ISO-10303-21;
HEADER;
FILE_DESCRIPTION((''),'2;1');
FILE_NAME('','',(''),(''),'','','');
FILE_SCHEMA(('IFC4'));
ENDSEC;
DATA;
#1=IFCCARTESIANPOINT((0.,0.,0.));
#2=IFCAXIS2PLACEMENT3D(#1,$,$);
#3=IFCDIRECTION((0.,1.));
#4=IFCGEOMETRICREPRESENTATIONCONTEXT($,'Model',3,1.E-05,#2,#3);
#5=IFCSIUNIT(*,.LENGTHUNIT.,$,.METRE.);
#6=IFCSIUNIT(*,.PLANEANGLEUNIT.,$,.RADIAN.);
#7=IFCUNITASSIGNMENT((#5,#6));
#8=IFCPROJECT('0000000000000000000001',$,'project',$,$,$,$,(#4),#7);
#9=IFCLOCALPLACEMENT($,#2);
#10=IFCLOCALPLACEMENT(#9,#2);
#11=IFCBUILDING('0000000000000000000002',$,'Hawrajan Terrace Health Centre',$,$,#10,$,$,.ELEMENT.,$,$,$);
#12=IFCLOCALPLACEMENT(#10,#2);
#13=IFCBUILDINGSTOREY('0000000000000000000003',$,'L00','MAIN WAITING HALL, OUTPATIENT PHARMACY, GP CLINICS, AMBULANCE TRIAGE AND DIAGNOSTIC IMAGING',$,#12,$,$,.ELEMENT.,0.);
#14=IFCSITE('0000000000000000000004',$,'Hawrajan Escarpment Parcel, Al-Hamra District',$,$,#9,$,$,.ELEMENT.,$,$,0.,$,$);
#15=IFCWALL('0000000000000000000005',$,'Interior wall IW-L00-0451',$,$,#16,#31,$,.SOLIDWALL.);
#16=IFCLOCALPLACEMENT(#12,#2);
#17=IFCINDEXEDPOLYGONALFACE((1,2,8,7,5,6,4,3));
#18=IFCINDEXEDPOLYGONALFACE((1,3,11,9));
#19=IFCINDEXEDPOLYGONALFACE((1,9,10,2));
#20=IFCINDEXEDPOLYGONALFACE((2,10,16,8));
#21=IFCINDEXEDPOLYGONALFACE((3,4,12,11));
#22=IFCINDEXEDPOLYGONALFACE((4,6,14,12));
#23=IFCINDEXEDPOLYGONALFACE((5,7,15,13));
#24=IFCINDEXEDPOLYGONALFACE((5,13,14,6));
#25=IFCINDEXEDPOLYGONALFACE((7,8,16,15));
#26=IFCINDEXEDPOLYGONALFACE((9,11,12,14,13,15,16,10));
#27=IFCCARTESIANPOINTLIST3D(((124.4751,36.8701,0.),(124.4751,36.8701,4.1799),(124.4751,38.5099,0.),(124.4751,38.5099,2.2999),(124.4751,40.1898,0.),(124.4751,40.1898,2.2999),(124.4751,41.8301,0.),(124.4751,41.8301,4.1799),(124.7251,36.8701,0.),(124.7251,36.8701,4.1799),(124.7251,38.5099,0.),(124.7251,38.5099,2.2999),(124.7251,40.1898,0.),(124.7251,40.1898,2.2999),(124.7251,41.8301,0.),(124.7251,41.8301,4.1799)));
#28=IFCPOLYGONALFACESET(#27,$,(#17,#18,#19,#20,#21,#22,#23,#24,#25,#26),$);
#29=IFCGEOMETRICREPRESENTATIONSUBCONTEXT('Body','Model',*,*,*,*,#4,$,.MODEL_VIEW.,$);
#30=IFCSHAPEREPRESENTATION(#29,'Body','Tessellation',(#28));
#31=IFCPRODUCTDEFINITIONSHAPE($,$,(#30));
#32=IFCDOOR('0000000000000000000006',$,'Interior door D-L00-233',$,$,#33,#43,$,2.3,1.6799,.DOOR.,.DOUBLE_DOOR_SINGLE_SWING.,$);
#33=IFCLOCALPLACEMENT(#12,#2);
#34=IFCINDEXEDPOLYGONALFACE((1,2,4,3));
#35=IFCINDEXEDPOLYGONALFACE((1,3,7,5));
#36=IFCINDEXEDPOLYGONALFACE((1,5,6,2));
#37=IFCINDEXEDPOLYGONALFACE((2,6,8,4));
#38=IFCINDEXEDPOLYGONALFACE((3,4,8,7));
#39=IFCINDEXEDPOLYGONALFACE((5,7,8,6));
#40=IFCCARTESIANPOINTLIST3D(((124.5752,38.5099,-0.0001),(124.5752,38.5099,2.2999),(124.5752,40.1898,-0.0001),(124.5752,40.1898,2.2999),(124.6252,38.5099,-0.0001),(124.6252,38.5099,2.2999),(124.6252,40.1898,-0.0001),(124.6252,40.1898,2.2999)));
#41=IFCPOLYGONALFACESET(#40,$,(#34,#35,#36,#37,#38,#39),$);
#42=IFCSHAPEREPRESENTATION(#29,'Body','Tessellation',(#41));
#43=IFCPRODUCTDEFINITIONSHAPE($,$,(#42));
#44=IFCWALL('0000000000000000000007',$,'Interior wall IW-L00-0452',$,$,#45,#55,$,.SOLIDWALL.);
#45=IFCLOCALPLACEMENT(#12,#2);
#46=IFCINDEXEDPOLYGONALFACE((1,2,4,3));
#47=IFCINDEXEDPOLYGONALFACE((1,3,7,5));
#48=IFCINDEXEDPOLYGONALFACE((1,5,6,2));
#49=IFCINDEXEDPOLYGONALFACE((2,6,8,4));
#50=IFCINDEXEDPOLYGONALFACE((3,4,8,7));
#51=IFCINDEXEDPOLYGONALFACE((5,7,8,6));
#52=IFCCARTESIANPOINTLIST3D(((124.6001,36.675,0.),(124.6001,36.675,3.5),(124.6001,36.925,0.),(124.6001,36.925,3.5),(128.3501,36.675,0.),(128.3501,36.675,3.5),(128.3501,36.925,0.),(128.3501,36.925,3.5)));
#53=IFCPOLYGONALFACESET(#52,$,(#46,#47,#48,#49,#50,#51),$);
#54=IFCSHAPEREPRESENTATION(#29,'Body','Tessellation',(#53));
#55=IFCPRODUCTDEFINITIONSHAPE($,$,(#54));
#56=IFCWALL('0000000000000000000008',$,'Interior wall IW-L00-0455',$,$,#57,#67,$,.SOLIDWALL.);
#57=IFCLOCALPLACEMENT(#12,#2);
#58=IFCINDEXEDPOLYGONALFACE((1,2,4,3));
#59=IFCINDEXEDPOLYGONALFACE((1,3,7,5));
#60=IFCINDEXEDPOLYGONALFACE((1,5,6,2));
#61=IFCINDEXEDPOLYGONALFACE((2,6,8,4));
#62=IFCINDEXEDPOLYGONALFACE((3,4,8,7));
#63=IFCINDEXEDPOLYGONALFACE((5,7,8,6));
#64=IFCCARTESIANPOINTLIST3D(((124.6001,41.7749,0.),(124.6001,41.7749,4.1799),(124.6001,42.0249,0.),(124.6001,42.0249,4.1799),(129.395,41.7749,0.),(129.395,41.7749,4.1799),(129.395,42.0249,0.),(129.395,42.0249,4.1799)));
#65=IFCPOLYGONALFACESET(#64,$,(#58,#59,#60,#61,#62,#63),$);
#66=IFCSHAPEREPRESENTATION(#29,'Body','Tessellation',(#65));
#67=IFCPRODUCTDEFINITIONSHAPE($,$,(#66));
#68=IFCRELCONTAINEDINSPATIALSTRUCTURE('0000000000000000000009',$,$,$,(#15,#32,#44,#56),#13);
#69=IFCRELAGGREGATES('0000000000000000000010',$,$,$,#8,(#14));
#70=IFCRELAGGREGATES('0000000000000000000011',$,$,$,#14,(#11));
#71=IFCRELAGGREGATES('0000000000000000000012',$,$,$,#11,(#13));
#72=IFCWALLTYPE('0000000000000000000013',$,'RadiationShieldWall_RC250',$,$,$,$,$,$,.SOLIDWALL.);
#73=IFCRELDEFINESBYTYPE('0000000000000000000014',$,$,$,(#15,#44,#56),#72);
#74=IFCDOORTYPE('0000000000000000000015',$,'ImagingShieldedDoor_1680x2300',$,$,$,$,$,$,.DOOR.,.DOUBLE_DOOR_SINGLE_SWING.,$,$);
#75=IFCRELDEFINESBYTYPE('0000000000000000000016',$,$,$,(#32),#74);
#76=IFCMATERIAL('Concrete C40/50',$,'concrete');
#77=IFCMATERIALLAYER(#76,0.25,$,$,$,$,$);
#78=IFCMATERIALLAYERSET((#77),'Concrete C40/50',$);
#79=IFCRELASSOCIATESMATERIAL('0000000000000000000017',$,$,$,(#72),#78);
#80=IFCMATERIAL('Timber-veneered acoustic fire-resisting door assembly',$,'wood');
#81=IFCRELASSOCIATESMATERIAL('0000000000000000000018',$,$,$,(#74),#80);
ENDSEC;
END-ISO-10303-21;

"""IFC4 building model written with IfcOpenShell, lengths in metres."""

from ifc_helpers import new_model, si_unit, direction, frame, frame_2d, origin, place, context, subcontext, project, spatial, rectangle, extrude, material, layer, layer_set, type_object, element, fill, save


model = new_model("IFC4")

# Units and contexts
model_context = context("Model", 3, precision=1e-05, world=origin(), true_north=direction((0.0, 1.0)))
body_context = subcontext(model_context, "Body", "Model", "MODEL_VIEW")
ifc_project = project(units=[si_unit("LENGTHUNIT", "METRE"), si_unit("PLANEANGLEUNIT", "RADIAN")], contexts=[model_context])

# Site, building, storey
site_placement = place(None, origin())
site = spatial("IfcSite", under=ifc_project, at=site_placement, Name="Hawrajan Escarpment Parcel, Al-Hamra District", CompositionType="ELEMENT", RefElevation=0.0)
building_placement = place(site_placement, origin())
building = spatial("IfcBuilding", under=site, at=building_placement, Name="Hawrajan Terrace Health Centre", CompositionType="ELEMENT")
storey_placement = place(building_placement, origin())
storey = spatial("IfcBuildingStorey", under=building, at=storey_placement, Name="L00", Description="MAIN WAITING HALL, OUTPATIENT PHARMACY, GP CLINICS, AMBULANCE TRIAGE AND DIAGNOSTIC IMAGING", CompositionType="ELEMENT", Elevation=0.0)

# Shared definitions
ifc_material_1 = material(Name="Concrete C40/50", Category="concrete")

# Shared definitions
ifc_layer_1 = layer(ifc_material_1, 0.25)
ifc_layer_set_1 = layer_set([ifc_layer_1], Name="Concrete C40/50")
wall_type = type_object("IfcWallType", Name="RadiationShieldWall_RC250", PredefinedType="SOLIDWALL", material=ifc_layer_set_1)

# Wall, opening, door
ifc_material_2 = material(Name="Timber-veneered acoustic fire-resisting door assembly", Category="wood")
door_type_1 = type_object("IfcDoorType", Name="ImagingShieldedDoor_1680x2300", OperationType="DOUBLE_DOOR_SINGLE_SWING", PredefinedType="DOOR", material=ifc_material_2)
wall_1_placement = place(storey_placement, frame((124.6001, 36.8701, 0.0), z_axis=(0.0, 0.0, 1.0), x_axis=(0.0, 1.0, 0.0)))
wall_1 = element("IfcWall", 1, at=wall_1_placement, inside=storey, type_object=wall_type, Name="Interior wall IW-L00-0451", PredefinedType="SOLIDWALL", context=body_context, shape_type="SweptSolid", body=[
    extrude(rectangle(XDim=4.96, YDim=0.25, at=frame_2d((2.48, 0.0))), origin(), (0.0, 0.0, 1.0), 4.1799),
])
opening_1_placement = place(wall_1_placement, frame((1.6399, 0.0, 0.0)))
opening_1 = element("IfcOpeningElement", 2, at=opening_1_placement, cuts=wall_1, PredefinedType="OPENING", context=body_context, shape_type="SweptSolid", body=[
    extrude(rectangle(XDim=1.6799, YDim=2.3, at=frame_2d((0.8398, 1.1499))), frame((0.0, 0.135, 0.0), z_axis=(0.0, -1.0, 0.0), x_axis=(1.0, 0.0, 0.0)), (0.0, 0.0, 1.0), 0.27),
])
door_1_placement = place(opening_1_placement, origin())
door_1 = element("IfcDoor", 3, at=door_1_placement, inside=storey, type_object=door_type_1, Name="Interior door D-L00-233", OperationType="DOUBLE_DOOR_SINGLE_SWING", OverallHeight=2.3, OverallWidth=1.6799, PredefinedType="DOOR", context=body_context, shape_type="SweptSolid", body=[
    extrude(rectangle(XDim=1.6799, YDim=2.3, at=frame_2d((0.8398, 1.1499))), frame((0.0, 0.0249, 0.0), z_axis=(0.0, -1.0, 0.0), x_axis=(1.0, 0.0, 0.0)), (0.0, 0.0, 1.0), 0.05),
])
fill(opening_1, door_1)

# Wall
wall_2_placement = place(storey_placement, frame((124.6001, 36.8, 0.0), z_axis=(0.0, 0.0, 1.0), x_axis=(1.0, 0.0, 0.0)))
element("IfcWall", 4, at=wall_2_placement, inside=storey, type_object=wall_type, Name="Interior wall IW-L00-0452", PredefinedType="SOLIDWALL", context=body_context, shape_type="SweptSolid", body=[
    extrude(rectangle(XDim=3.75, YDim=0.25, at=frame_2d((1.875, 0.0))), origin(), (0.0, 0.0, 1.0), 3.5),
])

# Wall
wall_3_placement = place(storey_placement, frame((124.6001, 41.8999, 0.0), z_axis=(0.0, 0.0, 1.0), x_axis=(1.0, 0.0, 0.0)))
element("IfcWall", 5, at=wall_3_placement, inside=storey, type_object=wall_type, Name="Interior wall IW-L00-0455", PredefinedType="SOLIDWALL", context=body_context, shape_type="SweptSolid", body=[
    extrude(rectangle(XDim=4.7949, YDim=0.25, at=frame_2d((2.3975, 0.0))), origin(), (0.0, 0.0, 1.0), 4.1799),
])

save(model, "model.ifc")
